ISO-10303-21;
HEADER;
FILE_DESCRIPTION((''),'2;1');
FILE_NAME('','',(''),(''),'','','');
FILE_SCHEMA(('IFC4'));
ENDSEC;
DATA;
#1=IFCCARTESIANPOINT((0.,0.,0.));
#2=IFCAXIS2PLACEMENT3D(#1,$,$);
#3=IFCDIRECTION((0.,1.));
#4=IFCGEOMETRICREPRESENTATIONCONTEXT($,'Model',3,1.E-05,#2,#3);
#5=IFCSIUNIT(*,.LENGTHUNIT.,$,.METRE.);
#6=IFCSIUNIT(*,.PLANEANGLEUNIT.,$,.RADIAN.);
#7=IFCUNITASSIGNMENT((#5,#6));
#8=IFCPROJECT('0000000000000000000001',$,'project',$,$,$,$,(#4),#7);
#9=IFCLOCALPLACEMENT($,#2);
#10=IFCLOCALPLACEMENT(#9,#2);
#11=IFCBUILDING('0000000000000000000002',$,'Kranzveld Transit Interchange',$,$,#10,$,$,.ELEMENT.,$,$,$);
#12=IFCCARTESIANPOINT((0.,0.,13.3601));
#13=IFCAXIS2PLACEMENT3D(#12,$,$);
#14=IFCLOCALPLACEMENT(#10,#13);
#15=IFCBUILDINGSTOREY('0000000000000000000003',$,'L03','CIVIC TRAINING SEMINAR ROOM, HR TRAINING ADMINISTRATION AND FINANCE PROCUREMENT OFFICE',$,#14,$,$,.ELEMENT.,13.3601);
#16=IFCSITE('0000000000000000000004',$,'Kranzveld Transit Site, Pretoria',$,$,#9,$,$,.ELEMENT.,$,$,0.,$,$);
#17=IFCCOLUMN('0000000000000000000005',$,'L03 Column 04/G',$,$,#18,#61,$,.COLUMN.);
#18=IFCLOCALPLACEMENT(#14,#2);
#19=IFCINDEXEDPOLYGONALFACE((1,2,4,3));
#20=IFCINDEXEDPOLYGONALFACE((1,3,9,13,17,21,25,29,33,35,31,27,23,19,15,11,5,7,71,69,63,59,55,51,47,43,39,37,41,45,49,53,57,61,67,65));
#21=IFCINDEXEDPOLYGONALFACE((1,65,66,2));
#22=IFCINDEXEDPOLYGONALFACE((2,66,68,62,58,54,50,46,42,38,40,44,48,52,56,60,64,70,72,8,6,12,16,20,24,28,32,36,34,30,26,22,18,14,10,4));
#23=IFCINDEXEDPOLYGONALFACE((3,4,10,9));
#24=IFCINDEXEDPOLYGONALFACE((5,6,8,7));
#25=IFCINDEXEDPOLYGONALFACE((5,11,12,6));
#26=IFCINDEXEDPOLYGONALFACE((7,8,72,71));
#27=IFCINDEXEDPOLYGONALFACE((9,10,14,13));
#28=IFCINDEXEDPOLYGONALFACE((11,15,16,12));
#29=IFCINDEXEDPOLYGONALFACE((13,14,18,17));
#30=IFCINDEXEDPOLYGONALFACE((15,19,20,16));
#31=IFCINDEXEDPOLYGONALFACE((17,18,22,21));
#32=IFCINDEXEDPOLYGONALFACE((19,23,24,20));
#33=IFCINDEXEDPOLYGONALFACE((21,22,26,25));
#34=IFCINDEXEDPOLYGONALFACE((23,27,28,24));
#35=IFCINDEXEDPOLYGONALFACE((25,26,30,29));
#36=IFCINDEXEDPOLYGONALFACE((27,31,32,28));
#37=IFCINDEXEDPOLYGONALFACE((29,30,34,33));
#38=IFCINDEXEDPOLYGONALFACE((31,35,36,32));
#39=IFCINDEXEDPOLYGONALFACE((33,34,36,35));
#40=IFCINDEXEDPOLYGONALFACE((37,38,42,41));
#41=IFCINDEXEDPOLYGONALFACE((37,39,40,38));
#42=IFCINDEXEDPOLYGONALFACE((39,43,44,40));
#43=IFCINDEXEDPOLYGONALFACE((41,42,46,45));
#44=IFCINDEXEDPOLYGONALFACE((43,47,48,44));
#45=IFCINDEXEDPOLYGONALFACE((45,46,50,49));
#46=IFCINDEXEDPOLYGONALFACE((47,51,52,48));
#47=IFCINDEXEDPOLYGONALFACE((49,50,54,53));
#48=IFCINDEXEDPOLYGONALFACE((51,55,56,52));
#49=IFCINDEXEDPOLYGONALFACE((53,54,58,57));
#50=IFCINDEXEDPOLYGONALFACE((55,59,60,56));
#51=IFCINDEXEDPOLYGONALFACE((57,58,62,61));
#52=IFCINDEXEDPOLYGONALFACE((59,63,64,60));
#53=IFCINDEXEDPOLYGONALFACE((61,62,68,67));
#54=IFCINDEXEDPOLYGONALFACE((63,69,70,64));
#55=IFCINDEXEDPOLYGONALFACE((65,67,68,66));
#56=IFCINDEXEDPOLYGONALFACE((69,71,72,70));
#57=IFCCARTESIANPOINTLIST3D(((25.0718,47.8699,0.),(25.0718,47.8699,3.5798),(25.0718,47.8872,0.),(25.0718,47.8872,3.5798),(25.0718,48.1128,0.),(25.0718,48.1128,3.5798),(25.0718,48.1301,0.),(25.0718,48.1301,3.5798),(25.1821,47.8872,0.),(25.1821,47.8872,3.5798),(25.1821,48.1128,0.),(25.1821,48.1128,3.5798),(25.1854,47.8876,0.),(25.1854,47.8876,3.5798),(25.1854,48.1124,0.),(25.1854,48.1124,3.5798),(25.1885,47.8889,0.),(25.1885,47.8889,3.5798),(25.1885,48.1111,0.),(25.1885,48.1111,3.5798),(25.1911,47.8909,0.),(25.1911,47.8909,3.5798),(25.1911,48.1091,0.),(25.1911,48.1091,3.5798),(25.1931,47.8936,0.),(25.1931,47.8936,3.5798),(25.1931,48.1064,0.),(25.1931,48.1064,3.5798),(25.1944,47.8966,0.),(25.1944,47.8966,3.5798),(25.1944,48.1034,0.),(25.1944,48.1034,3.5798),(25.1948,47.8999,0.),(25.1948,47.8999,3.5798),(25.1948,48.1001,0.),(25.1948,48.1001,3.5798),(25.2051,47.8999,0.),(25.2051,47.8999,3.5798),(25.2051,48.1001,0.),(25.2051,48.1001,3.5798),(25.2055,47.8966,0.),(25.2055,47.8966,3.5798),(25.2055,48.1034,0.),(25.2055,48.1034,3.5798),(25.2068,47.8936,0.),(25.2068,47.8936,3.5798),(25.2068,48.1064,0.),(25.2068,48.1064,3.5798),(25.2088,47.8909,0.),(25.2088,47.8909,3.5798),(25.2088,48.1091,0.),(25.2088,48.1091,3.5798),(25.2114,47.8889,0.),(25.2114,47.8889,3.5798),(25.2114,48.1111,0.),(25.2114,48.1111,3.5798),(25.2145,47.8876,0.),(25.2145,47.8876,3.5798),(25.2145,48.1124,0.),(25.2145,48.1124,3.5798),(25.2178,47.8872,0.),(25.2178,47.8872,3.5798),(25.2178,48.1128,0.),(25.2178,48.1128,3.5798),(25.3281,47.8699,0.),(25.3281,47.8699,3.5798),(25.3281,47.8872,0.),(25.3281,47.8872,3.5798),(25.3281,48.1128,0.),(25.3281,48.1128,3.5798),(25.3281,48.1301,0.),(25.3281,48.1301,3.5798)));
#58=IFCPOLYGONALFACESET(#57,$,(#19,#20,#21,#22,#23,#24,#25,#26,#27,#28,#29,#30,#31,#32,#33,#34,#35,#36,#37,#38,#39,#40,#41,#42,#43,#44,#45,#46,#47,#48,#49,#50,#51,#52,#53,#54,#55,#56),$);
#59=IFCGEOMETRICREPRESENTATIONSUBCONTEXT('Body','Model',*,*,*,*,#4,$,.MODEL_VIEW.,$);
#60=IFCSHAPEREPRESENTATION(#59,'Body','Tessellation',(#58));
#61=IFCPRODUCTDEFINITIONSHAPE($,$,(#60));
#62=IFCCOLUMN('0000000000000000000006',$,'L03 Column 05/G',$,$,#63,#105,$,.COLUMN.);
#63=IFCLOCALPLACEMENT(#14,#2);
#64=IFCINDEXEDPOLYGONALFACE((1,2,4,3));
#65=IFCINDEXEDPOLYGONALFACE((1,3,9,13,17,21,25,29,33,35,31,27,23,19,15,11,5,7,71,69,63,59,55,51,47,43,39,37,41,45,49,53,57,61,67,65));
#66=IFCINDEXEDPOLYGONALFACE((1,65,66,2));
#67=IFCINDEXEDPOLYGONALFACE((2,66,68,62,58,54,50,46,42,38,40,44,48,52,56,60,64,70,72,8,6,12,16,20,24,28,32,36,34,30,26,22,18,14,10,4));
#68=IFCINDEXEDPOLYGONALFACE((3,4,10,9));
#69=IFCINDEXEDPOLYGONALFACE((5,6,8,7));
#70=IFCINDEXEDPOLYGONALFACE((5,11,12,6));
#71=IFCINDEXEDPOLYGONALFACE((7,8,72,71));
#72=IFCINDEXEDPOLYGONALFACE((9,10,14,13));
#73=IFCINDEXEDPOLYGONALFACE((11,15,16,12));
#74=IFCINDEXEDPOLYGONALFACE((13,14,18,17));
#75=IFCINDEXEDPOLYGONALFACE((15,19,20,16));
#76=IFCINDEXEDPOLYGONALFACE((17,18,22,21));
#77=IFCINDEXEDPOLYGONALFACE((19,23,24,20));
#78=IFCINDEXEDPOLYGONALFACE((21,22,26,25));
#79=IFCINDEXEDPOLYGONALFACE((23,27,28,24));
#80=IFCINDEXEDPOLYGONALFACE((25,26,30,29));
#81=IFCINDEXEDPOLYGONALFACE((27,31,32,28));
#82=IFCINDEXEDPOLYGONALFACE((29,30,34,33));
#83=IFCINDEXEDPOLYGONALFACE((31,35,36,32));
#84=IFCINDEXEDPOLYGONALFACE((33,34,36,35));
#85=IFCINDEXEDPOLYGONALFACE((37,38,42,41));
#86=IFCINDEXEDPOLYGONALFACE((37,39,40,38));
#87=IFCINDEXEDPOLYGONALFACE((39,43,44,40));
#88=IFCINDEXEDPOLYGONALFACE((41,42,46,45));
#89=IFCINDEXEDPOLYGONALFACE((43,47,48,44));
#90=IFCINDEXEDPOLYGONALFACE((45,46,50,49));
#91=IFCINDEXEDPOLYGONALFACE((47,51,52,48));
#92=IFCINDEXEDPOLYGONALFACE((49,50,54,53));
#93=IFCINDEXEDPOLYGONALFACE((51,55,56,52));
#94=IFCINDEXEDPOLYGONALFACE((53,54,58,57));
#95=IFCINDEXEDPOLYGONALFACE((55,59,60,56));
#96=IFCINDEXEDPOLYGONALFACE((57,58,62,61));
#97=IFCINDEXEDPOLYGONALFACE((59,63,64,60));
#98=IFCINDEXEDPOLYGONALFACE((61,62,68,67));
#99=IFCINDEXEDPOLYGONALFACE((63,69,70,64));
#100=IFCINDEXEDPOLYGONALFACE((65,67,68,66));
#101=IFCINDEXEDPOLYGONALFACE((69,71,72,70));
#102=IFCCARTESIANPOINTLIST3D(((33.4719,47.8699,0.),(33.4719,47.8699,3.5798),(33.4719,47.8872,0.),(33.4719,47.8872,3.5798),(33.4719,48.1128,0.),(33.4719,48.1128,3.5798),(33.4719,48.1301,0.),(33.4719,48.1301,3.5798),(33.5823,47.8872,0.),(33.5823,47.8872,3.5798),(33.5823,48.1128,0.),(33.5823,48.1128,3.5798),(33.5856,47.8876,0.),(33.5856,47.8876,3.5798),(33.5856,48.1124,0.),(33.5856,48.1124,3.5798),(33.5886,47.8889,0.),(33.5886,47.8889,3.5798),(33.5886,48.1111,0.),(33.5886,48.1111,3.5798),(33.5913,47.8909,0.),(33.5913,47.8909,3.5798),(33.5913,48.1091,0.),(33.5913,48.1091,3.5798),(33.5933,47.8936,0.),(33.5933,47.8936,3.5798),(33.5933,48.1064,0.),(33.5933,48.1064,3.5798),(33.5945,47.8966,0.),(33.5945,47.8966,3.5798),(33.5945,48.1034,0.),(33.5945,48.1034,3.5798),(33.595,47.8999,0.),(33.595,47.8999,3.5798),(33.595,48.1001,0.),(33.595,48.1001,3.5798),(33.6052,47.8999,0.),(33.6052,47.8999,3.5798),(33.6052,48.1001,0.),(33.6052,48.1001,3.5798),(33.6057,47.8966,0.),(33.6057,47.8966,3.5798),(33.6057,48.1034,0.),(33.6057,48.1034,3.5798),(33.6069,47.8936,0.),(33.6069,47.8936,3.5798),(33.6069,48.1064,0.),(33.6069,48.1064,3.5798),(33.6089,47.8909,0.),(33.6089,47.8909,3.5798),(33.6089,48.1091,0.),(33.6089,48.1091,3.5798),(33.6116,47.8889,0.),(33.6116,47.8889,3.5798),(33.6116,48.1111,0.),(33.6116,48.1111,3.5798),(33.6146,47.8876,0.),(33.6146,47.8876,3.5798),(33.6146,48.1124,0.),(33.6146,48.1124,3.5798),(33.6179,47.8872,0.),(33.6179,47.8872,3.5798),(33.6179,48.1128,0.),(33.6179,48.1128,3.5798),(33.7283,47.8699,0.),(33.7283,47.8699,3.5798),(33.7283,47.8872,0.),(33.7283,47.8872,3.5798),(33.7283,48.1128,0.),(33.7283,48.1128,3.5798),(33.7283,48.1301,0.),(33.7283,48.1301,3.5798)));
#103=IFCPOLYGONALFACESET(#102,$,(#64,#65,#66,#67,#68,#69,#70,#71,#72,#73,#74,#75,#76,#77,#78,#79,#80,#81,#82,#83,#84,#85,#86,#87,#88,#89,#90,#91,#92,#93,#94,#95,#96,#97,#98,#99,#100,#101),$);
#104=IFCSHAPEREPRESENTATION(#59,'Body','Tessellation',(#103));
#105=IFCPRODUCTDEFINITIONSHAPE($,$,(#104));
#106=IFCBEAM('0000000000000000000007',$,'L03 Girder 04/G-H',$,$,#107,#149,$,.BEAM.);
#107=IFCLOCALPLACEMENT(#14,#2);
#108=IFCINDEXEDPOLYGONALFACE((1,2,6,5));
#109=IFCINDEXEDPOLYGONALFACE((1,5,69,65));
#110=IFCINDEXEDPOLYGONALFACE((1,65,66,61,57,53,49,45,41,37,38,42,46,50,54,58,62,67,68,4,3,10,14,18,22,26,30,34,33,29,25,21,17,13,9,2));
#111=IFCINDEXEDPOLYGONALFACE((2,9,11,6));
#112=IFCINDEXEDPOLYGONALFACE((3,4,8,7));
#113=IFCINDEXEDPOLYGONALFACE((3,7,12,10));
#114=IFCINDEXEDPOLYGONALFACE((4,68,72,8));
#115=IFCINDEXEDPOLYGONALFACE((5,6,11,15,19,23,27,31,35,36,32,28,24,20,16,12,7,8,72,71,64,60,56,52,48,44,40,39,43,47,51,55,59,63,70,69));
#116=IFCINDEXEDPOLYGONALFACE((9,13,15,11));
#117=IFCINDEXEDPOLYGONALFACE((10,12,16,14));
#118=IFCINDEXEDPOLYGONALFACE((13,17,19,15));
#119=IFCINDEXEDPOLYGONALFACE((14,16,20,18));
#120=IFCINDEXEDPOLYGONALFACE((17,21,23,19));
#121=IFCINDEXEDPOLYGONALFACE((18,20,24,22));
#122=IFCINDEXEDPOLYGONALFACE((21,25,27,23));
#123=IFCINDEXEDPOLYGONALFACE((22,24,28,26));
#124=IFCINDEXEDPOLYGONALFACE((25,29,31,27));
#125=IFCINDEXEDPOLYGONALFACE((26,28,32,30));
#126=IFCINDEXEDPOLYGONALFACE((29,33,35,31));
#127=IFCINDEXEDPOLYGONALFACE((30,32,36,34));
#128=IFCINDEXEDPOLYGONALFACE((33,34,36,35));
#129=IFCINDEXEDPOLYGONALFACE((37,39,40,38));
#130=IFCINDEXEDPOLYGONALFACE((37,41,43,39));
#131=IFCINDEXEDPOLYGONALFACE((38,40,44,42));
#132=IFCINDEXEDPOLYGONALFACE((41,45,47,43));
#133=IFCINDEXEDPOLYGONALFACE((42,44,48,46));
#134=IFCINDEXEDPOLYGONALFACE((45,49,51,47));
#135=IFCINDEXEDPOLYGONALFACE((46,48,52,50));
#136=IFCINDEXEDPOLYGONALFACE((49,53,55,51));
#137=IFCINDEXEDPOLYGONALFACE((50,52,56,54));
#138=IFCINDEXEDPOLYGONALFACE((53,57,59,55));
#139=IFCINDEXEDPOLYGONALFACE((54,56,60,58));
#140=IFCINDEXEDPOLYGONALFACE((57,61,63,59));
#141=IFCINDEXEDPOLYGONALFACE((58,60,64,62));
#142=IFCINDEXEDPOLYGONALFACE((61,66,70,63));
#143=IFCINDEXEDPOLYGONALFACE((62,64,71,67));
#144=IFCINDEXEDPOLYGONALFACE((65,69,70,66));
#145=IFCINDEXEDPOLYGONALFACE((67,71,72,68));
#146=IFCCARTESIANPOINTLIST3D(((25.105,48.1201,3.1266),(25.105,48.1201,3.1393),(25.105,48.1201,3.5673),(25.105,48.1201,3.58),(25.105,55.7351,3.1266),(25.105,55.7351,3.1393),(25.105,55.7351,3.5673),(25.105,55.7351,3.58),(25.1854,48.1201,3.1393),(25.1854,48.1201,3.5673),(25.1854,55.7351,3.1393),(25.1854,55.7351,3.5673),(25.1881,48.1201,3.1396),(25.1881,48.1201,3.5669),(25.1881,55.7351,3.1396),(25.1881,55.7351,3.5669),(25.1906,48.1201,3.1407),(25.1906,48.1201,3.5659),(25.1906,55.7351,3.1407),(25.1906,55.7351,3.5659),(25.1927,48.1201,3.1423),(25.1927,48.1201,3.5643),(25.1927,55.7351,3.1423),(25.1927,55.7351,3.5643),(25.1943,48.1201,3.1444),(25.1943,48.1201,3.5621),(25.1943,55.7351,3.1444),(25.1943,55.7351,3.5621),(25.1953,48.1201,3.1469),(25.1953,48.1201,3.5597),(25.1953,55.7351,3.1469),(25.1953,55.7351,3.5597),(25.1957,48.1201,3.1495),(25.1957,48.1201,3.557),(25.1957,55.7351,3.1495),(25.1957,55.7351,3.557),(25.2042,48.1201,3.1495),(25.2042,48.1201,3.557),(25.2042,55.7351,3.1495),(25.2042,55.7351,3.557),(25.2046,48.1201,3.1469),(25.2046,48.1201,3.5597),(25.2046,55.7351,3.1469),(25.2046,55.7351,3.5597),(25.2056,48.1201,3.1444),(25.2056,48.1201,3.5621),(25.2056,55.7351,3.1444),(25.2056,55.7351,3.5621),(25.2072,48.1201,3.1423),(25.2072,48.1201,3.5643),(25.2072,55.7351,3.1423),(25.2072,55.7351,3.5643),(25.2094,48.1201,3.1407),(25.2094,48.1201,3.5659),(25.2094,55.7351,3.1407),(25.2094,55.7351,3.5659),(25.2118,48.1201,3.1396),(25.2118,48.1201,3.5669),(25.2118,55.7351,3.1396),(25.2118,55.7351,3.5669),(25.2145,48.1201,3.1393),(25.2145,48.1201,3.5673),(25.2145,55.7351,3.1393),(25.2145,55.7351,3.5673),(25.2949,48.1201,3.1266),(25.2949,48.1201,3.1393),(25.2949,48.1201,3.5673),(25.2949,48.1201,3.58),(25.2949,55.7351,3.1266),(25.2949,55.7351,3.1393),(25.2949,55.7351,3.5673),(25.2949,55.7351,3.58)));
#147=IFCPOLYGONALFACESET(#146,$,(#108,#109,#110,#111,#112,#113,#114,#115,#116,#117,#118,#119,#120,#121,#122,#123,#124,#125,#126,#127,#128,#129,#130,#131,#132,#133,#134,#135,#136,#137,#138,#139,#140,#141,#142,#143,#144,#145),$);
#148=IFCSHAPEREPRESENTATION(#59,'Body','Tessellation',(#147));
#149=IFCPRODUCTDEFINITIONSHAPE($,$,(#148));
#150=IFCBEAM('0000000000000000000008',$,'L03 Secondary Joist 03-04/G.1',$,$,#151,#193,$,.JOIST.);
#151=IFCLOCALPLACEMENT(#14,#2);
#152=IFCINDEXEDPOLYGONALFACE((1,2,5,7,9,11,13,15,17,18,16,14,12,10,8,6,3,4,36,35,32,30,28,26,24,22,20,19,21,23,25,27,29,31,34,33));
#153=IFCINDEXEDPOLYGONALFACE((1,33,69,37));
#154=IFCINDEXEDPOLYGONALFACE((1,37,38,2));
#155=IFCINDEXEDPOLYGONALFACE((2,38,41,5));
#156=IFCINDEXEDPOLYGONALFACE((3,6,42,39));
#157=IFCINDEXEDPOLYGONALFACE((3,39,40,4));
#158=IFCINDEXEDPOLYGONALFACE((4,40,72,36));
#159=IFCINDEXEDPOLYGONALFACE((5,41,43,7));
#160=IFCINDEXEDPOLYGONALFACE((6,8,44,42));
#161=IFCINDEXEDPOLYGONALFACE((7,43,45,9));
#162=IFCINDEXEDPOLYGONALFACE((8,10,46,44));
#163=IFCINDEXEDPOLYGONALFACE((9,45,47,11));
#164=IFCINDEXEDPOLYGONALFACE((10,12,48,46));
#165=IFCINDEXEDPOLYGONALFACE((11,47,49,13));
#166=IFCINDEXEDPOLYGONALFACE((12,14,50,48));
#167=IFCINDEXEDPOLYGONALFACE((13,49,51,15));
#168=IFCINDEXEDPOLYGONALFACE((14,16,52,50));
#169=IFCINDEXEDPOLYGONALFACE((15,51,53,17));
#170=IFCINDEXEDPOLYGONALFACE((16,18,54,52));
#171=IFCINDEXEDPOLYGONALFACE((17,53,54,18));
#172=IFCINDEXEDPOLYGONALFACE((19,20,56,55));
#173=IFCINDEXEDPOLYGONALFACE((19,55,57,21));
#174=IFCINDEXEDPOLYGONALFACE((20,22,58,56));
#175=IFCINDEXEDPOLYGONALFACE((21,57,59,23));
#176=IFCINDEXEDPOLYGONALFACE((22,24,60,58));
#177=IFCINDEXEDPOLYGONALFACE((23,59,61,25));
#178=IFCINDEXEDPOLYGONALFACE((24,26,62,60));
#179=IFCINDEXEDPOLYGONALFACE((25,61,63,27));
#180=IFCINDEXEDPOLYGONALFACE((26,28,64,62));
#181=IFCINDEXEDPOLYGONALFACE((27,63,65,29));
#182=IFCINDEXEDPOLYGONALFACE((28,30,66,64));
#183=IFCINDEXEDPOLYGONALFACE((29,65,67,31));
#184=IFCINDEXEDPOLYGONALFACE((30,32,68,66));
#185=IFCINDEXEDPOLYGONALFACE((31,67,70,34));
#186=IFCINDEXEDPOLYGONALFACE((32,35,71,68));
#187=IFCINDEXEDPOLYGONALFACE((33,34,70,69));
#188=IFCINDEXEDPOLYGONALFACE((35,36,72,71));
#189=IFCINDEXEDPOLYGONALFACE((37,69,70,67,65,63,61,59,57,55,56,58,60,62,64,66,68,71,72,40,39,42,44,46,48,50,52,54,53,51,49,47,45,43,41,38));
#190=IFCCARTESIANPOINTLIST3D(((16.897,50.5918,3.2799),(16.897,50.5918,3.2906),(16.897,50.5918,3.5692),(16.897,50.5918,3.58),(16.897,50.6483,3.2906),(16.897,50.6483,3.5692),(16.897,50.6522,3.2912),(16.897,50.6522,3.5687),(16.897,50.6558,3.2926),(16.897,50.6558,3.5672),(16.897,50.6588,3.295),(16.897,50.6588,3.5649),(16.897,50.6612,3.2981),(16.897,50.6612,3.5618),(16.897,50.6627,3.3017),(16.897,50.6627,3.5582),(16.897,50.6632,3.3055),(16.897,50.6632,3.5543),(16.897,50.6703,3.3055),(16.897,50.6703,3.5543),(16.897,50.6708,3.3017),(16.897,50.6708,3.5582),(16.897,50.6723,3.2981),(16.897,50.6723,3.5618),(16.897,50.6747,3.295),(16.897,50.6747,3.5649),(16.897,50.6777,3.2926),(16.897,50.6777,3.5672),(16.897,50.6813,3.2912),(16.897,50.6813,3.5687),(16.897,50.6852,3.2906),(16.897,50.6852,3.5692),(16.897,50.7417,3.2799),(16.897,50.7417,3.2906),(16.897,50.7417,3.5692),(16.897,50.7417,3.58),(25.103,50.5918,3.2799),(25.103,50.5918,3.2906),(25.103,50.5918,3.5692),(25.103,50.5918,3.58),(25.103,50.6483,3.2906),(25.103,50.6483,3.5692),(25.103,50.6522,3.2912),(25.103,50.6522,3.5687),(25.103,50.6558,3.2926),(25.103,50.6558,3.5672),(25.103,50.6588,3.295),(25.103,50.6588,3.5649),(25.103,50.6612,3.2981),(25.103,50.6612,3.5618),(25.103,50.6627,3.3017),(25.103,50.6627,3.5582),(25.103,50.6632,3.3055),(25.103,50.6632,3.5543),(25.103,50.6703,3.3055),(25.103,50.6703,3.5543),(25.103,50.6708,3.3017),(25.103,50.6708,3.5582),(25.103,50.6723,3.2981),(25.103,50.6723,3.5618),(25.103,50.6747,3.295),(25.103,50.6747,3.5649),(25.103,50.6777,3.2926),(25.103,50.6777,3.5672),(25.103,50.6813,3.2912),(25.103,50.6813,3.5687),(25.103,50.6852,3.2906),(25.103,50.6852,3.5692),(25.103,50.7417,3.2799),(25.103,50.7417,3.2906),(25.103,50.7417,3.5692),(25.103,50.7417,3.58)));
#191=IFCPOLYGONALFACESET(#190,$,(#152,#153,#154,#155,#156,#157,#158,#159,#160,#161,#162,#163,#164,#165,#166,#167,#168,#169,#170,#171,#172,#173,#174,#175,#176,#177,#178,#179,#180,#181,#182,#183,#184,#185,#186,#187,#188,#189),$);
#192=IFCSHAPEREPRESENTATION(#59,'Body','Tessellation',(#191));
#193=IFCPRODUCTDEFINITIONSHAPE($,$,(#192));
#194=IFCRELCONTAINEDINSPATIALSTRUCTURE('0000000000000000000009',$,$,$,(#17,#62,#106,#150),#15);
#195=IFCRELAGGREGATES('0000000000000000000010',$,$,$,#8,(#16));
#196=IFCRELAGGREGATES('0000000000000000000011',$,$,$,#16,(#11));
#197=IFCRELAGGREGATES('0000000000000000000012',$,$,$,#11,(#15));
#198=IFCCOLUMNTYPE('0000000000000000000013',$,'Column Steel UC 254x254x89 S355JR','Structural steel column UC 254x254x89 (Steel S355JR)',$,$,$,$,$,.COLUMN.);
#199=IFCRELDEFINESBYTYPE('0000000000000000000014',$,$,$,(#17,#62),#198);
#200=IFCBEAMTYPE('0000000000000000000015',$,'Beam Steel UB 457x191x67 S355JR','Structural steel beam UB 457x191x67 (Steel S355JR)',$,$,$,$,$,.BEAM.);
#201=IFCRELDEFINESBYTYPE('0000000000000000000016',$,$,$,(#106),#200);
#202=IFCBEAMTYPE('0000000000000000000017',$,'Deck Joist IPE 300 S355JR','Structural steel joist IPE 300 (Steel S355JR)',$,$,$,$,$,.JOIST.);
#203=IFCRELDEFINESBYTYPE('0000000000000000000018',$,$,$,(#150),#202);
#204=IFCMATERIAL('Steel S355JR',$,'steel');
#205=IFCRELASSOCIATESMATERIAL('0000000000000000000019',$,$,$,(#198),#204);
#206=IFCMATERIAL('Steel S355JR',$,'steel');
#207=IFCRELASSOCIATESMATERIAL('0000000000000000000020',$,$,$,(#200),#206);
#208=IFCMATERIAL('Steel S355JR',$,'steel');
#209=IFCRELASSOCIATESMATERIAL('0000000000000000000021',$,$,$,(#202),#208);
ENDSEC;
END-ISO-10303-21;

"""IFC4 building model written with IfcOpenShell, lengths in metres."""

from ifc_helpers import new_model, si_unit, direction, frame, origin, origin_2d, place, context, subcontext, project, spatial, i_section, extrude, material, material_profile, profile_set, type_object, element, save


model = new_model("IFC4")

# Units and contexts
model_context = context("Model", 3, precision=1e-05, world=origin(), true_north=direction((0.0, 1.0)))
body_context = subcontext(model_context, "Body", "Model", "MODEL_VIEW")
ifc_project = project(units=[si_unit("LENGTHUNIT", "METRE"), si_unit("PLANEANGLEUNIT", "RADIAN")], contexts=[model_context])

# Site, building, storey
site_placement = place(None, origin())
site = spatial("IfcSite", under=ifc_project, at=site_placement, Name="Kranzveld Transit Site, Pretoria", CompositionType="ELEMENT", RefElevation=0.0)
building_placement = place(site_placement, origin())
building = spatial("IfcBuilding", under=site, at=building_placement, Name="Kranzveld Transit Interchange", CompositionType="ELEMENT")
storey_placement = place(building_placement, frame((0.0, 0.0, 13.3601)))
storey = spatial("IfcBuildingStorey", under=building, at=storey_placement, Name="L03", Description="CIVIC TRAINING SEMINAR ROOM, HR TRAINING ADMINISTRATION AND FINANCE PROCUREMENT OFFICE", CompositionType="ELEMENT", Elevation=13.3601)

# Columns
ifc_material_1 = material(Name="Steel S355JR", Category="steel")
ifc_material_profile_1 = material_profile(ifc_material_1, i_section(OverallWidth=0.2563, OverallDepth=0.2603, WebThickness=0.0103, FlangeThickness=0.0173, FilletRadius=0.0127, at=origin_2d()), Name="UC 254x254x89")
ifc_profile_set_1 = profile_set([ifc_material_profile_1], Name="Steel S355JR")
column_type = type_object("IfcColumnType", Name="Column Steel UC 254x254x89 S355JR", Description="Structural steel column UC 254x254x89 (Steel S355JR)", PredefinedType="COLUMN", material=ifc_profile_set_1)
for number, where, z_axis, x_axis, name in (
    (1, (25.2, 48.0, 0.0), (0.0, 0.0, 1.0), (1.0, 0.0, 0.0), "L03 Column 04/G"),
    (2, (33.6001, 48.0, 0.0), (0.0, 0.0, 1.0), (1.0, 0.0, 0.0), "L03 Column 05/G"),
):
    element("IfcColumn", number, at=place(storey_placement, frame(where, z_axis=z_axis, x_axis=x_axis)), inside=storey, type_object=column_type, Name=name, PredefinedType="COLUMN", context=body_context, shape_type="SweptSolid", body=[
        extrude(i_section(OverallWidth=0.2563, OverallDepth=0.2603, WebThickness=0.0103, FlangeThickness=0.0173, FilletRadius=0.0127, at=origin_2d()), origin(), (0.0, 0.0, 1.0), 3.5798),
    ])

# Beams
ifc_material_2 = material(Name="Steel S355JR", Category="steel")
ifc_material_profile_2 = material_profile(ifc_material_2, i_section(OverallWidth=0.1899, OverallDepth=0.4534, WebThickness=0.0085, FlangeThickness=0.0127, FilletRadius=0.0103, at=origin_2d()), Name="UB 457x191x67")
ifc_profile_set_2 = profile_set([ifc_material_profile_2], Name="Steel S355JR")
beam_type_1 = type_object("IfcBeamType", Name="Beam Steel UB 457x191x67 S355JR", Description="Structural steel beam UB 457x191x67 (Steel S355JR)", PredefinedType="BEAM", material=ifc_profile_set_2)
beam_1_placement = place(storey_placement, frame((25.2, 48.1201, 3.3533), z_axis=(0.0, 1.0, 0.0), x_axis=(-1.0, 0.0, 0.0)))
element("IfcBeam", 3, at=beam_1_placement, inside=storey, type_object=beam_type_1, Name="L03 Girder 04/G-H", PredefinedType="BEAM", context=body_context, shape_type="SweptSolid", body=[
    extrude(i_section(OverallWidth=0.1899, OverallDepth=0.4534, WebThickness=0.0085, FlangeThickness=0.0127, FilletRadius=0.0103, at=origin_2d()), origin(), (0.0, 0.0, 1.0), 7.615),
])
ifc_material_3 = material(Name="Steel S355JR", Category="steel")
ifc_material_profile_3 = material_profile(ifc_material_3, i_section(OverallWidth=0.1499, OverallDepth=0.3, WebThickness=0.0071, FlangeThickness=0.0107, FilletRadius=0.0149, at=origin_2d()), Name="IPE 300")
ifc_profile_set_3 = profile_set([ifc_material_profile_3], Name="Steel S355JR")
beam_type_2 = type_object("IfcBeamType", Name="Deck Joist IPE 300 S355JR", Description="Structural steel joist IPE 300 (Steel S355JR)", PredefinedType="JOIST", material=ifc_profile_set_3)
for number, where, z_axis, x_axis, name in (
    (4, (16.897, 50.6667, 3.4299), (1.0, 0.0, 0.0), (0.0, 1.0, 0.0), "L03 Secondary Joist 03-04/G.1"),
):
    element("IfcBeam", number, at=place(storey_placement, frame(where, z_axis=z_axis, x_axis=x_axis)), inside=storey, type_object=beam_type_2, Name=name, PredefinedType="JOIST", context=body_context, shape_type="SweptSolid", body=[
        extrude(i_section(OverallWidth=0.1499, OverallDepth=0.3, WebThickness=0.0071, FlangeThickness=0.0107, FilletRadius=0.0149, at=origin_2d()), origin(), (0.0, 0.0, 1.0), 8.2061),
    ])

save(model, "model.ifc")
